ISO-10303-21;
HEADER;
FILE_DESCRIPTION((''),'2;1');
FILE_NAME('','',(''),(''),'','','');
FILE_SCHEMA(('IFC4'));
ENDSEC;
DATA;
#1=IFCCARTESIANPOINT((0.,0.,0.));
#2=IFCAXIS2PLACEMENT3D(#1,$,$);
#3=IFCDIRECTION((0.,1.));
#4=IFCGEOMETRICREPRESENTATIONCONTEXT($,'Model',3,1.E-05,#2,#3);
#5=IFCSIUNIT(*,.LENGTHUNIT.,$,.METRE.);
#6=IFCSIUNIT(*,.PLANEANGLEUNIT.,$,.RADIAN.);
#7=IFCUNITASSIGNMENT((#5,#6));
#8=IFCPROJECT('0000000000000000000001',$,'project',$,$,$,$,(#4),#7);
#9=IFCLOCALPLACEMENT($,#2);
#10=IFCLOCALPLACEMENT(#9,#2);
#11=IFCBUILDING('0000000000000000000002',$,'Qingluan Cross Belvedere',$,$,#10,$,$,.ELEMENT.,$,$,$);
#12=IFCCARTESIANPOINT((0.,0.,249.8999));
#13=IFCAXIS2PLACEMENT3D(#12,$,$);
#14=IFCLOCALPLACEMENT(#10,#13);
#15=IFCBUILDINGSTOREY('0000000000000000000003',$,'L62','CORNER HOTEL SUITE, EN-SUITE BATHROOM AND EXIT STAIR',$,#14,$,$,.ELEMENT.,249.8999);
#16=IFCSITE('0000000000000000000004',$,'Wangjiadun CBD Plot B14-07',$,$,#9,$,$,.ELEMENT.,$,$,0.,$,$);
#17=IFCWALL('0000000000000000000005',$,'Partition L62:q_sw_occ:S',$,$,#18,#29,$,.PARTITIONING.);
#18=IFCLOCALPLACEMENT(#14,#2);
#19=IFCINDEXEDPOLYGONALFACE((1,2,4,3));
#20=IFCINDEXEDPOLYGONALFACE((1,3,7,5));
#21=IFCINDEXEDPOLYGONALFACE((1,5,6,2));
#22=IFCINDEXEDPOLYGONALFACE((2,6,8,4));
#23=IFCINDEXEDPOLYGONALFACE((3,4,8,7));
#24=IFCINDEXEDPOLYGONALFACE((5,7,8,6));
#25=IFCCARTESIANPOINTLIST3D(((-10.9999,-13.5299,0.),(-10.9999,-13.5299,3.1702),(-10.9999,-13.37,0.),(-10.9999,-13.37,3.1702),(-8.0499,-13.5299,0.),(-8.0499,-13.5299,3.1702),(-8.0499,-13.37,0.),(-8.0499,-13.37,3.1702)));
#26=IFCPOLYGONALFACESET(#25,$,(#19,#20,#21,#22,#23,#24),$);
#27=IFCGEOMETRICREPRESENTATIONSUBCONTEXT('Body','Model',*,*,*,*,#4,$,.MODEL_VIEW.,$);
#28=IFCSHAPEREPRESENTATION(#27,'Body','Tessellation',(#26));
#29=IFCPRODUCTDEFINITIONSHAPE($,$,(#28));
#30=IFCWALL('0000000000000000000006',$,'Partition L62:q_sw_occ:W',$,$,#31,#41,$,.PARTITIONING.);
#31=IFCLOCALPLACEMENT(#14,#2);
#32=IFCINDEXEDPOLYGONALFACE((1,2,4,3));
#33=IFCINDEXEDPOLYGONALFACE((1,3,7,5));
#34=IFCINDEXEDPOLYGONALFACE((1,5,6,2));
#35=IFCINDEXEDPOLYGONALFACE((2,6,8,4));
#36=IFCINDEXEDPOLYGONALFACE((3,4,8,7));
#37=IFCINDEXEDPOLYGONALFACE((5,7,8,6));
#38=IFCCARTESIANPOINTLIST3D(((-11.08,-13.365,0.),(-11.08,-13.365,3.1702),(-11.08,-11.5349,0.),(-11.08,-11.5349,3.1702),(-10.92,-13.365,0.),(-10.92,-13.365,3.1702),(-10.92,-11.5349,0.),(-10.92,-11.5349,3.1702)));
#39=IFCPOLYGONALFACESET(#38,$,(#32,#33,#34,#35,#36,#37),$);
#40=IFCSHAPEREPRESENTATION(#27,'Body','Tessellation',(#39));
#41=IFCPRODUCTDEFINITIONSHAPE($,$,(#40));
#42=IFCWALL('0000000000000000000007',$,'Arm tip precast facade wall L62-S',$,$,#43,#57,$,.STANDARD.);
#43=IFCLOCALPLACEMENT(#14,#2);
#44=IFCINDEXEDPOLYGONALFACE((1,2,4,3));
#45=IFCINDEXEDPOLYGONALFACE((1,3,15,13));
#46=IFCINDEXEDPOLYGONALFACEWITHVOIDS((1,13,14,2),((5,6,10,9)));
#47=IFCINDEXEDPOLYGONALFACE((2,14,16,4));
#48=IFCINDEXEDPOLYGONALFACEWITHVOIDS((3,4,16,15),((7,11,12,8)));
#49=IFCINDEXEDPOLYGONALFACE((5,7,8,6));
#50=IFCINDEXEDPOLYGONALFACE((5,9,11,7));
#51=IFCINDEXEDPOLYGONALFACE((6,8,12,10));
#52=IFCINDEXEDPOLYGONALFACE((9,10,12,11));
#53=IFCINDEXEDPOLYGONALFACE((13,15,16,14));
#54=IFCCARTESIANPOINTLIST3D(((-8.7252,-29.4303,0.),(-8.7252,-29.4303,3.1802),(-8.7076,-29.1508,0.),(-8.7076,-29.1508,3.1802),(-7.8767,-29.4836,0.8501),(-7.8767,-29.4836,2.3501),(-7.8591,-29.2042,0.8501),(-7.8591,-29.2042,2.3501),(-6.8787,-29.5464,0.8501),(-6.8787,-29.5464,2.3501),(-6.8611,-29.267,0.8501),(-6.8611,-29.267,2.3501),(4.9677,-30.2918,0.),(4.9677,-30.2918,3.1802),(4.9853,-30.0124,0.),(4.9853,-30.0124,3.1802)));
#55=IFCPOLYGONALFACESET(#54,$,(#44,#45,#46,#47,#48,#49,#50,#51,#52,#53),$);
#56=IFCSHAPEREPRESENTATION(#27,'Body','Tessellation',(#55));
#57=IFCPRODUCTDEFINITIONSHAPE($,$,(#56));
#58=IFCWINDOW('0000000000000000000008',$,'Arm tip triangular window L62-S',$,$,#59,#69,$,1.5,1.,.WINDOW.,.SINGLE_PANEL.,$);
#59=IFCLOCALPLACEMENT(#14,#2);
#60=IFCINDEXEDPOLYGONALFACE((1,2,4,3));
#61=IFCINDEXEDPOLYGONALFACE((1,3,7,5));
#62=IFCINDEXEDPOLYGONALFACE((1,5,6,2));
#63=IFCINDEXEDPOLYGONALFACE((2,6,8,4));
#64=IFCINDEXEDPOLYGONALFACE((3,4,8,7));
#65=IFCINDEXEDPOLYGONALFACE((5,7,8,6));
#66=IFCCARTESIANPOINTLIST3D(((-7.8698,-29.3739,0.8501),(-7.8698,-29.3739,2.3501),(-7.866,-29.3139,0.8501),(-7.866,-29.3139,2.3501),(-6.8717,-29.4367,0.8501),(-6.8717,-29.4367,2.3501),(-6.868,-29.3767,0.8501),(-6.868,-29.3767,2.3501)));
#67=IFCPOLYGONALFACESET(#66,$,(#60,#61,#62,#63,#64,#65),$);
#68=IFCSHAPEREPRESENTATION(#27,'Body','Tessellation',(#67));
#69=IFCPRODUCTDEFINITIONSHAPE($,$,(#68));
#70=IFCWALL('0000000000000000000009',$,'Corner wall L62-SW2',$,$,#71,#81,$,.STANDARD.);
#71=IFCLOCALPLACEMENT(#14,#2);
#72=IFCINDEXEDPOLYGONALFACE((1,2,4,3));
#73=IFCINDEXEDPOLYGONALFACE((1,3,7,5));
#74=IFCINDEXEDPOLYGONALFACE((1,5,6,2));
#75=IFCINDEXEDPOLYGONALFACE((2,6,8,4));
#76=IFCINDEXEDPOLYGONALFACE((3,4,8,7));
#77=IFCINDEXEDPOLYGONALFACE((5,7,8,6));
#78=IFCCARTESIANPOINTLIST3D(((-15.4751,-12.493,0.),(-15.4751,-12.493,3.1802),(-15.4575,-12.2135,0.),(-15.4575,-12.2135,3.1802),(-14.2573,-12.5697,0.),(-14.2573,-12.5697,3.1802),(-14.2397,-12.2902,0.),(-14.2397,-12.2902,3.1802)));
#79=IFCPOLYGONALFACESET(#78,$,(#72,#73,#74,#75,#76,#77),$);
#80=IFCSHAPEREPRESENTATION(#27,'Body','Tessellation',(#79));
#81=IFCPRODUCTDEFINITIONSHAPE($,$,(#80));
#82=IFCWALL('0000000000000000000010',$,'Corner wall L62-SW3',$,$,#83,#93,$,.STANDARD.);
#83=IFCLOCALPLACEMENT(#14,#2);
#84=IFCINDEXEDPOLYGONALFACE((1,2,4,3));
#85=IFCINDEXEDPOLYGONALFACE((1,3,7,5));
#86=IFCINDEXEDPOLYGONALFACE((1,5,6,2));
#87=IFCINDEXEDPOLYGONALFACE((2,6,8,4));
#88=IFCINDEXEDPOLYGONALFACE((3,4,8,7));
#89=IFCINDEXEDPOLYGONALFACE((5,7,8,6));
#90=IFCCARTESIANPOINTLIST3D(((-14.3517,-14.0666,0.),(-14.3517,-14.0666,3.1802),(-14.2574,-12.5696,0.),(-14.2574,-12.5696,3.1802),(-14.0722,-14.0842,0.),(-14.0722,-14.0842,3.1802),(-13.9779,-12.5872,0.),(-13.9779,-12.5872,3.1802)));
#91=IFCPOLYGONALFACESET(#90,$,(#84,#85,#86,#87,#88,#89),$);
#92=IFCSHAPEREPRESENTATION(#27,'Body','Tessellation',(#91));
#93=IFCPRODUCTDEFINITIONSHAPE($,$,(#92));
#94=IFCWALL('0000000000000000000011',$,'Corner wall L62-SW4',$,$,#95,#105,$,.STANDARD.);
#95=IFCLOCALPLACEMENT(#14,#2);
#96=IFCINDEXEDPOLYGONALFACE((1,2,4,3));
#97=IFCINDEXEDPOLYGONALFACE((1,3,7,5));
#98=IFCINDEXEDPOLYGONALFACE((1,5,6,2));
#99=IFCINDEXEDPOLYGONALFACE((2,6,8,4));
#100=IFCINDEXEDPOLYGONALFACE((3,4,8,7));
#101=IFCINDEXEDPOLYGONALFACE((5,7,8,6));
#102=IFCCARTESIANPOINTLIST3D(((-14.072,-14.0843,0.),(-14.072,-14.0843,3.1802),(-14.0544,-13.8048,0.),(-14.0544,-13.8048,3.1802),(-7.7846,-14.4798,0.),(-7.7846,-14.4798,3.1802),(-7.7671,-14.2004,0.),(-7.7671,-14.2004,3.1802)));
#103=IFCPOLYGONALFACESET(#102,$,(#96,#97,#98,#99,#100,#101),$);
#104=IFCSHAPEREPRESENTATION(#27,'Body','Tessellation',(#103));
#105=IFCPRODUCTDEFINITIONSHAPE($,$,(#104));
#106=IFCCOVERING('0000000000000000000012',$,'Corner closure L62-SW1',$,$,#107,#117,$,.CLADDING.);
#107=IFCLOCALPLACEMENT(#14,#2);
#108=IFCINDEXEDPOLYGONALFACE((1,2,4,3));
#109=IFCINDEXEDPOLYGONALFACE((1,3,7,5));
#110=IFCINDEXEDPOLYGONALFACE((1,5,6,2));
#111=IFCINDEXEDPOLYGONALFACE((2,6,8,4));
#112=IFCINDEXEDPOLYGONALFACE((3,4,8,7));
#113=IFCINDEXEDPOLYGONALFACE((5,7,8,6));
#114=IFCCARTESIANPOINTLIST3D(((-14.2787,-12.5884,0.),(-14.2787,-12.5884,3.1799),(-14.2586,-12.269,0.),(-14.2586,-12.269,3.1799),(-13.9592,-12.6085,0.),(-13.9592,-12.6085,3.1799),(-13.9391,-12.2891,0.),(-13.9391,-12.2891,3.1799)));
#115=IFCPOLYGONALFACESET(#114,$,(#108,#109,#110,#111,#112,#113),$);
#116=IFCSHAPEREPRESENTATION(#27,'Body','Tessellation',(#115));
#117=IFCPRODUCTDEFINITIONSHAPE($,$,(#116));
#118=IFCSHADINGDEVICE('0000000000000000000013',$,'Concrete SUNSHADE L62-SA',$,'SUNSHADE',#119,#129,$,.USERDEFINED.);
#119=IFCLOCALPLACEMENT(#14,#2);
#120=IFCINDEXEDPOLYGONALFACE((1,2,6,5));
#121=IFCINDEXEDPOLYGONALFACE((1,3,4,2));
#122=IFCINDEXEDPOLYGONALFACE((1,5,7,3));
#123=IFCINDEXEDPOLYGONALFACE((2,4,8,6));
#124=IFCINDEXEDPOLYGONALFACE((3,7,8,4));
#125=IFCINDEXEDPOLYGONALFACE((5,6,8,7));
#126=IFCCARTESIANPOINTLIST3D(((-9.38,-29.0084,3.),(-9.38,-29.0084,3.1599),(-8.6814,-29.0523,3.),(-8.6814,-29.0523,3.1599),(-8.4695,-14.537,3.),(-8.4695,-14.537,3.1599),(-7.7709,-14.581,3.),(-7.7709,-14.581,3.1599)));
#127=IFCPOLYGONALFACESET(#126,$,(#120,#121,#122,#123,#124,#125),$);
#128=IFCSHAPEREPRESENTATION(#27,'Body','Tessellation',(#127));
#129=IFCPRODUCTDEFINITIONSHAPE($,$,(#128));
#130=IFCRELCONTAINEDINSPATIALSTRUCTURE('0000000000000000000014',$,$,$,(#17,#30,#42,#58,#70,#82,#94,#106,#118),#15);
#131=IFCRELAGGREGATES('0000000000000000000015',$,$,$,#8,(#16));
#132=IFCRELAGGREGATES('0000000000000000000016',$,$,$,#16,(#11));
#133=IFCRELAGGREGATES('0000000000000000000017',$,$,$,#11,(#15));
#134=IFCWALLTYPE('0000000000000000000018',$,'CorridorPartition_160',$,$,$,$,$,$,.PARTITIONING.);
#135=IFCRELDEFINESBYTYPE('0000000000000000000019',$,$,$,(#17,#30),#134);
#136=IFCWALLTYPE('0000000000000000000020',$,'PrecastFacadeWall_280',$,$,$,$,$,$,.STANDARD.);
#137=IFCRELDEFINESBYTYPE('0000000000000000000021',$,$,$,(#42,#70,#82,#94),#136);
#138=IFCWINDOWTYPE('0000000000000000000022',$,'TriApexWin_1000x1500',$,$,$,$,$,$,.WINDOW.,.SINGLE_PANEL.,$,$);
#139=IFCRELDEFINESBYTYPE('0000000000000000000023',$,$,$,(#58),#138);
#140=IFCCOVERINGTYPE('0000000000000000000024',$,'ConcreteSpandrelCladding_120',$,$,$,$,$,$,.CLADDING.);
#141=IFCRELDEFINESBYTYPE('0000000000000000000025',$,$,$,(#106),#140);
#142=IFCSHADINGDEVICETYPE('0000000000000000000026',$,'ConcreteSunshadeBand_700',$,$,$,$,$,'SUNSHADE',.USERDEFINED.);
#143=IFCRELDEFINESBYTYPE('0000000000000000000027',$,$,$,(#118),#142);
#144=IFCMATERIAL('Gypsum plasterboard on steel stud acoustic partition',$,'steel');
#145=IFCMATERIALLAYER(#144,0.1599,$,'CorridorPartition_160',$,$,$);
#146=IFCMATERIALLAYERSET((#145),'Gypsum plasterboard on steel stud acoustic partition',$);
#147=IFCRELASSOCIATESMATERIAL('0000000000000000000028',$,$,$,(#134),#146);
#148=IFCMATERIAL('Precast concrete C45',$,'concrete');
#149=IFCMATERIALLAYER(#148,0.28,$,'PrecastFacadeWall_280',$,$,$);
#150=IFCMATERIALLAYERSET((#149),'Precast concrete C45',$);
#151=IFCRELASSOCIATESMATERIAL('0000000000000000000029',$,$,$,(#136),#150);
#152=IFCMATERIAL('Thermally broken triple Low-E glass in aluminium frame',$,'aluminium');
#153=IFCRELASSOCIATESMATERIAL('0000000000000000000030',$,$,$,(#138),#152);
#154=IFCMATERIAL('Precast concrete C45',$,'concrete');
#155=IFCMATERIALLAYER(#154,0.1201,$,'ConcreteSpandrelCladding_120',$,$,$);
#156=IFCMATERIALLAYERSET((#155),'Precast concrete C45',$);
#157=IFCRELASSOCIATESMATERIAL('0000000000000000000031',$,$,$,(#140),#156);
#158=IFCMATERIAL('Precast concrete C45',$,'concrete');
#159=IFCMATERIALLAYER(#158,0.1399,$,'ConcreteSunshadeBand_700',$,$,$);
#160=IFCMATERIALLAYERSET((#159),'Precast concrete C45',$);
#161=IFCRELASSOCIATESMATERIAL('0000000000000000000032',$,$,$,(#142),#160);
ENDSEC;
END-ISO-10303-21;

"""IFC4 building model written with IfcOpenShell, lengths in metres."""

from ifc_helpers import new_model, si_unit, direction, frame, frame_2d, origin, origin_2d, place, context, subcontext, project, spatial, rectangle, extrude, material, layer, layer_set, type_object, element, fill, save


model = new_model("IFC4")

# Units and contexts
model_context = context("Model", 3, precision=1e-05, world=origin(), true_north=direction((0.0, 1.0)))
body_context = subcontext(model_context, "Body", "Model", "MODEL_VIEW")
ifc_project = project(units=[si_unit("LENGTHUNIT", "METRE"), si_unit("PLANEANGLEUNIT", "RADIAN")], contexts=[model_context])

# Site, building, storey
site_placement = place(None, origin())
site = spatial("IfcSite", under=ifc_project, at=site_placement, Name="Wangjiadun CBD Plot B14-07", CompositionType="ELEMENT", RefElevation=0.0)
building_placement = place(site_placement, origin())
building = spatial("IfcBuilding", under=site, at=building_placement, Name="Qingluan Cross Belvedere", CompositionType="ELEMENT")
storey_placement = place(building_placement, frame((0.0, 0.0, 249.8999)))
storey = spatial("IfcBuildingStorey", under=building, at=storey_placement, Name="L62", Description="CORNER HOTEL SUITE, EN-SUITE BATHROOM AND EXIT STAIR", CompositionType="ELEMENT", Elevation=249.8999)

# Wall
ifc_material_1 = material(Name="Gypsum plasterboard on steel stud acoustic partition", Category="steel")
ifc_layer_1 = layer(ifc_material_1, 0.1599, Name="CorridorPartition_160")
ifc_layer_set_1 = layer_set([ifc_layer_1], Name="Gypsum plasterboard on steel stud acoustic partition")
wall_type_1 = type_object("IfcWallType", Name="CorridorPartition_160", PredefinedType="PARTITIONING", material=ifc_layer_set_1)
wall_1_placement = place(storey_placement, frame((-11.0, -13.45, 0.0), z_axis=(0.0, 0.0, 1.0), x_axis=(1.0, 0.0, 0.0)))
element("IfcWall", 1, at=wall_1_placement, inside=storey, type_object=wall_type_1, Name="Partition L62:q_sw_occ:S", PredefinedType="PARTITIONING", context=body_context, shape_type="SweptSolid", body=[
    extrude(rectangle(XDim=2.95, YDim=0.1599, at=frame_2d((1.4751, 0.0))), origin(), (0.0, 0.0, 1.0), 3.1702),
])

# Wall
wall_2_placement = place(storey_placement, frame((-11.0, -13.365, 0.0), z_axis=(0.0, 0.0, 1.0), x_axis=(0.0, 1.0, 0.0)))
element("IfcWall", 2, at=wall_2_placement, inside=storey, type_object=wall_type_1, Name="Partition L62:q_sw_occ:W", PredefinedType="PARTITIONING", context=body_context, shape_type="SweptSolid", body=[
    extrude(rectangle(XDim=1.8301, YDim=0.1599, at=frame_2d((0.915, 0.0))), origin(), (0.0, 0.0, 1.0), 3.1702),
])

# Wall, opening, window
ifc_material_2 = material(Name="Precast concrete C45", Category="concrete")
ifc_layer_2 = layer(ifc_material_2, 0.28, Name="PrecastFacadeWall_280")
ifc_layer_set_2 = layer_set([ifc_layer_2], Name="Precast concrete C45")
wall_type_2 = type_object("IfcWallType", Name="PrecastFacadeWall_280", PredefinedType="STANDARD", material=ifc_layer_set_2)
wall_3_placement = place(storey_placement, frame((-8.7163, -29.2905, 0.0), z_axis=(0.0, 0.0, 1.0), x_axis=(0.998026, -0.062797, 0.0)))
wall_3 = element("IfcWall", 3, at=wall_3_placement, inside=storey, type_object=wall_type_2, Name="Arm tip precast facade wall L62-S", PredefinedType="STANDARD", context=body_context, shape_type="SweptSolid", body=[
    extrude(rectangle(XDim=13.72, YDim=0.28, at=frame_2d((6.8599, 0.0))), origin(), (0.0, 0.0, 1.0), 3.1802),
])
opening_1_placement = place(wall_3_placement, frame((0.8501, 0.0, 0.8501)))
opening_1 = element("IfcOpeningElement", 4, at=opening_1_placement, cuts=wall_3, PredefinedType="OPENING", context=body_context, shape_type="SweptSolid", body=[
    extrude(rectangle(XDim=1.0, YDim=1.5, at=frame_2d((0.5, 0.75))), frame((0.0, 0.1499, 0.0), z_axis=(0.0, -1.0, 0.0), x_axis=(1.0, 0.0, 0.0)), (0.0, 0.0, 1.0), 0.3),
])
ifc_material_3 = material(Name="Thermally broken triple Low-E glass in aluminium frame", Category="aluminium")
window_type = type_object("IfcWindowType", Name="TriApexWin_1000x1500", PartitioningType="SINGLE_PANEL", PredefinedType="WINDOW", material=ifc_material_3)
window_placement = place(opening_1_placement, origin())
window = element("IfcWindow", 5, at=window_placement, inside=storey, type_object=window_type, Name="Arm tip triangular window L62-S", OverallHeight=1.5, OverallWidth=1.0, PartitioningType="SINGLE_PANEL", PredefinedType="WINDOW", context=body_context, shape_type="SweptSolid", body=[
    extrude(rectangle(XDim=1.0, YDim=1.5, at=frame_2d((0.5, 0.75))), frame((0.0, 0.03, 0.0), z_axis=(0.0, -1.0, 0.0), x_axis=(1.0, 0.0, 0.0)), (0.0, 0.0, 1.0), 0.0601),
])
fill(opening_1, window)

# Walls
wall_4_placement = place(storey_placement, frame((-15.4663, -12.3533, 0.0), z_axis=(0.0, 0.0, 1.0), x_axis=(0.998024, -0.062827, 0.0)))
element("IfcWall", 6, at=wall_4_placement, inside=storey, type_object=wall_type_2, Name="Corner wall L62-SW2", PredefinedType="STANDARD", context=body_context, shape_type="SweptSolid", body=[
    extrude(rectangle(XDim=1.2202, YDim=0.28, at=frame_2d((0.6101, 0.0))), origin(), (0.0, 0.0, 1.0), 3.1802),
])
wall_5_placement = place(storey_placement, frame((-14.1177, -12.5784, 0.0), z_axis=(0.0, 0.0, 1.0), x_axis=(-0.062824, -0.998025, 0.0)))
element("IfcWall", 7, at=wall_5_placement, inside=storey, type_object=wall_type_2, Name="Corner wall L62-SW3", PredefinedType="STANDARD", context=body_context, shape_type="SweptSolid", body=[
    extrude(rectangle(XDim=1.5, YDim=0.28, at=frame_2d((0.75, 0.0))), origin(), (0.0, 0.0, 1.0), 3.1802),
])
wall_6_placement = place(storey_placement, frame((-14.0632, -13.9446, 0.0), z_axis=(0.0, 0.0, 1.0), x_axis=(0.998027, -0.062781, 0.0)))
element("IfcWall", 8, at=wall_6_placement, inside=storey, type_object=wall_type_2, Name="Corner wall L62-SW4", PredefinedType="STANDARD", context=body_context, shape_type="SweptSolid", body=[
    extrude(rectangle(XDim=6.2998, YDim=0.28, at=frame_2d((3.1499, 0.0))), origin(), (0.0, 0.0, 1.0), 3.1802),
])

# Covering
ifc_material_4 = material(Name="Precast concrete C45", Category="concrete")
ifc_layer_3 = layer(ifc_material_4, 0.1201, Name="ConcreteSpandrelCladding_120")
ifc_layer_set_3 = layer_set([ifc_layer_3], Name="Precast concrete C45")
covering_type = type_object("IfcCoveringType", Name="ConcreteSpandrelCladding_120", PredefinedType="CLADDING", material=ifc_layer_set_3)
covering_placement = place(storey_placement, frame((-14.1089, -12.4387, 0.0), z_axis=(0.0, 0.0, 1.0), x_axis=(0.998027, -0.062791, 0.0)))
element("IfcCovering", 9, at=covering_placement, inside=storey, type_object=covering_type, Name="Corner closure L62-SW1", PredefinedType="CLADDING", context=body_context, shape_type="SweptSolid", body=[
    extrude(rectangle(XDim=0.3201, YDim=0.3201, at=origin_2d()), origin(), (0.0, 0.0, 1.0), 3.1799),
])

# Shading device
ifc_material_5 = material(Name="Precast concrete C45", Category="concrete")
ifc_layer_4 = layer(ifc_material_5, 0.1399, Name="ConcreteSunshadeBand_700")
ifc_layer_set_4 = layer_set([ifc_layer_4], Name="Precast concrete C45")
shading_device_type = type_object("IfcShadingDeviceType", Name="ConcreteSunshadeBand_700", ElementType="SUNSHADE", PredefinedType="USERDEFINED", material=ifc_layer_set_4)
shading_device_placement = place(storey_placement, frame((-8.5754, -21.7947, 3.0), z_axis=(0.0, 0.0, 1.0), x_axis=(-0.062796, -0.998026, 0.0)))
element("IfcShadingDevice", 10, at=shading_device_placement, inside=storey, type_object=shading_device_type, Name="Concrete SUNSHADE L62-SA", ObjectType="SUNSHADE", PredefinedType="USERDEFINED", context=body_context, shape_type="SweptSolid", body=[
    extrude(rectangle(XDim=14.5, YDim=0.7, at=origin_2d()), origin(), (0.0, 0.0, 1.0), 0.1599),
])

save(model, "model.ifc")
